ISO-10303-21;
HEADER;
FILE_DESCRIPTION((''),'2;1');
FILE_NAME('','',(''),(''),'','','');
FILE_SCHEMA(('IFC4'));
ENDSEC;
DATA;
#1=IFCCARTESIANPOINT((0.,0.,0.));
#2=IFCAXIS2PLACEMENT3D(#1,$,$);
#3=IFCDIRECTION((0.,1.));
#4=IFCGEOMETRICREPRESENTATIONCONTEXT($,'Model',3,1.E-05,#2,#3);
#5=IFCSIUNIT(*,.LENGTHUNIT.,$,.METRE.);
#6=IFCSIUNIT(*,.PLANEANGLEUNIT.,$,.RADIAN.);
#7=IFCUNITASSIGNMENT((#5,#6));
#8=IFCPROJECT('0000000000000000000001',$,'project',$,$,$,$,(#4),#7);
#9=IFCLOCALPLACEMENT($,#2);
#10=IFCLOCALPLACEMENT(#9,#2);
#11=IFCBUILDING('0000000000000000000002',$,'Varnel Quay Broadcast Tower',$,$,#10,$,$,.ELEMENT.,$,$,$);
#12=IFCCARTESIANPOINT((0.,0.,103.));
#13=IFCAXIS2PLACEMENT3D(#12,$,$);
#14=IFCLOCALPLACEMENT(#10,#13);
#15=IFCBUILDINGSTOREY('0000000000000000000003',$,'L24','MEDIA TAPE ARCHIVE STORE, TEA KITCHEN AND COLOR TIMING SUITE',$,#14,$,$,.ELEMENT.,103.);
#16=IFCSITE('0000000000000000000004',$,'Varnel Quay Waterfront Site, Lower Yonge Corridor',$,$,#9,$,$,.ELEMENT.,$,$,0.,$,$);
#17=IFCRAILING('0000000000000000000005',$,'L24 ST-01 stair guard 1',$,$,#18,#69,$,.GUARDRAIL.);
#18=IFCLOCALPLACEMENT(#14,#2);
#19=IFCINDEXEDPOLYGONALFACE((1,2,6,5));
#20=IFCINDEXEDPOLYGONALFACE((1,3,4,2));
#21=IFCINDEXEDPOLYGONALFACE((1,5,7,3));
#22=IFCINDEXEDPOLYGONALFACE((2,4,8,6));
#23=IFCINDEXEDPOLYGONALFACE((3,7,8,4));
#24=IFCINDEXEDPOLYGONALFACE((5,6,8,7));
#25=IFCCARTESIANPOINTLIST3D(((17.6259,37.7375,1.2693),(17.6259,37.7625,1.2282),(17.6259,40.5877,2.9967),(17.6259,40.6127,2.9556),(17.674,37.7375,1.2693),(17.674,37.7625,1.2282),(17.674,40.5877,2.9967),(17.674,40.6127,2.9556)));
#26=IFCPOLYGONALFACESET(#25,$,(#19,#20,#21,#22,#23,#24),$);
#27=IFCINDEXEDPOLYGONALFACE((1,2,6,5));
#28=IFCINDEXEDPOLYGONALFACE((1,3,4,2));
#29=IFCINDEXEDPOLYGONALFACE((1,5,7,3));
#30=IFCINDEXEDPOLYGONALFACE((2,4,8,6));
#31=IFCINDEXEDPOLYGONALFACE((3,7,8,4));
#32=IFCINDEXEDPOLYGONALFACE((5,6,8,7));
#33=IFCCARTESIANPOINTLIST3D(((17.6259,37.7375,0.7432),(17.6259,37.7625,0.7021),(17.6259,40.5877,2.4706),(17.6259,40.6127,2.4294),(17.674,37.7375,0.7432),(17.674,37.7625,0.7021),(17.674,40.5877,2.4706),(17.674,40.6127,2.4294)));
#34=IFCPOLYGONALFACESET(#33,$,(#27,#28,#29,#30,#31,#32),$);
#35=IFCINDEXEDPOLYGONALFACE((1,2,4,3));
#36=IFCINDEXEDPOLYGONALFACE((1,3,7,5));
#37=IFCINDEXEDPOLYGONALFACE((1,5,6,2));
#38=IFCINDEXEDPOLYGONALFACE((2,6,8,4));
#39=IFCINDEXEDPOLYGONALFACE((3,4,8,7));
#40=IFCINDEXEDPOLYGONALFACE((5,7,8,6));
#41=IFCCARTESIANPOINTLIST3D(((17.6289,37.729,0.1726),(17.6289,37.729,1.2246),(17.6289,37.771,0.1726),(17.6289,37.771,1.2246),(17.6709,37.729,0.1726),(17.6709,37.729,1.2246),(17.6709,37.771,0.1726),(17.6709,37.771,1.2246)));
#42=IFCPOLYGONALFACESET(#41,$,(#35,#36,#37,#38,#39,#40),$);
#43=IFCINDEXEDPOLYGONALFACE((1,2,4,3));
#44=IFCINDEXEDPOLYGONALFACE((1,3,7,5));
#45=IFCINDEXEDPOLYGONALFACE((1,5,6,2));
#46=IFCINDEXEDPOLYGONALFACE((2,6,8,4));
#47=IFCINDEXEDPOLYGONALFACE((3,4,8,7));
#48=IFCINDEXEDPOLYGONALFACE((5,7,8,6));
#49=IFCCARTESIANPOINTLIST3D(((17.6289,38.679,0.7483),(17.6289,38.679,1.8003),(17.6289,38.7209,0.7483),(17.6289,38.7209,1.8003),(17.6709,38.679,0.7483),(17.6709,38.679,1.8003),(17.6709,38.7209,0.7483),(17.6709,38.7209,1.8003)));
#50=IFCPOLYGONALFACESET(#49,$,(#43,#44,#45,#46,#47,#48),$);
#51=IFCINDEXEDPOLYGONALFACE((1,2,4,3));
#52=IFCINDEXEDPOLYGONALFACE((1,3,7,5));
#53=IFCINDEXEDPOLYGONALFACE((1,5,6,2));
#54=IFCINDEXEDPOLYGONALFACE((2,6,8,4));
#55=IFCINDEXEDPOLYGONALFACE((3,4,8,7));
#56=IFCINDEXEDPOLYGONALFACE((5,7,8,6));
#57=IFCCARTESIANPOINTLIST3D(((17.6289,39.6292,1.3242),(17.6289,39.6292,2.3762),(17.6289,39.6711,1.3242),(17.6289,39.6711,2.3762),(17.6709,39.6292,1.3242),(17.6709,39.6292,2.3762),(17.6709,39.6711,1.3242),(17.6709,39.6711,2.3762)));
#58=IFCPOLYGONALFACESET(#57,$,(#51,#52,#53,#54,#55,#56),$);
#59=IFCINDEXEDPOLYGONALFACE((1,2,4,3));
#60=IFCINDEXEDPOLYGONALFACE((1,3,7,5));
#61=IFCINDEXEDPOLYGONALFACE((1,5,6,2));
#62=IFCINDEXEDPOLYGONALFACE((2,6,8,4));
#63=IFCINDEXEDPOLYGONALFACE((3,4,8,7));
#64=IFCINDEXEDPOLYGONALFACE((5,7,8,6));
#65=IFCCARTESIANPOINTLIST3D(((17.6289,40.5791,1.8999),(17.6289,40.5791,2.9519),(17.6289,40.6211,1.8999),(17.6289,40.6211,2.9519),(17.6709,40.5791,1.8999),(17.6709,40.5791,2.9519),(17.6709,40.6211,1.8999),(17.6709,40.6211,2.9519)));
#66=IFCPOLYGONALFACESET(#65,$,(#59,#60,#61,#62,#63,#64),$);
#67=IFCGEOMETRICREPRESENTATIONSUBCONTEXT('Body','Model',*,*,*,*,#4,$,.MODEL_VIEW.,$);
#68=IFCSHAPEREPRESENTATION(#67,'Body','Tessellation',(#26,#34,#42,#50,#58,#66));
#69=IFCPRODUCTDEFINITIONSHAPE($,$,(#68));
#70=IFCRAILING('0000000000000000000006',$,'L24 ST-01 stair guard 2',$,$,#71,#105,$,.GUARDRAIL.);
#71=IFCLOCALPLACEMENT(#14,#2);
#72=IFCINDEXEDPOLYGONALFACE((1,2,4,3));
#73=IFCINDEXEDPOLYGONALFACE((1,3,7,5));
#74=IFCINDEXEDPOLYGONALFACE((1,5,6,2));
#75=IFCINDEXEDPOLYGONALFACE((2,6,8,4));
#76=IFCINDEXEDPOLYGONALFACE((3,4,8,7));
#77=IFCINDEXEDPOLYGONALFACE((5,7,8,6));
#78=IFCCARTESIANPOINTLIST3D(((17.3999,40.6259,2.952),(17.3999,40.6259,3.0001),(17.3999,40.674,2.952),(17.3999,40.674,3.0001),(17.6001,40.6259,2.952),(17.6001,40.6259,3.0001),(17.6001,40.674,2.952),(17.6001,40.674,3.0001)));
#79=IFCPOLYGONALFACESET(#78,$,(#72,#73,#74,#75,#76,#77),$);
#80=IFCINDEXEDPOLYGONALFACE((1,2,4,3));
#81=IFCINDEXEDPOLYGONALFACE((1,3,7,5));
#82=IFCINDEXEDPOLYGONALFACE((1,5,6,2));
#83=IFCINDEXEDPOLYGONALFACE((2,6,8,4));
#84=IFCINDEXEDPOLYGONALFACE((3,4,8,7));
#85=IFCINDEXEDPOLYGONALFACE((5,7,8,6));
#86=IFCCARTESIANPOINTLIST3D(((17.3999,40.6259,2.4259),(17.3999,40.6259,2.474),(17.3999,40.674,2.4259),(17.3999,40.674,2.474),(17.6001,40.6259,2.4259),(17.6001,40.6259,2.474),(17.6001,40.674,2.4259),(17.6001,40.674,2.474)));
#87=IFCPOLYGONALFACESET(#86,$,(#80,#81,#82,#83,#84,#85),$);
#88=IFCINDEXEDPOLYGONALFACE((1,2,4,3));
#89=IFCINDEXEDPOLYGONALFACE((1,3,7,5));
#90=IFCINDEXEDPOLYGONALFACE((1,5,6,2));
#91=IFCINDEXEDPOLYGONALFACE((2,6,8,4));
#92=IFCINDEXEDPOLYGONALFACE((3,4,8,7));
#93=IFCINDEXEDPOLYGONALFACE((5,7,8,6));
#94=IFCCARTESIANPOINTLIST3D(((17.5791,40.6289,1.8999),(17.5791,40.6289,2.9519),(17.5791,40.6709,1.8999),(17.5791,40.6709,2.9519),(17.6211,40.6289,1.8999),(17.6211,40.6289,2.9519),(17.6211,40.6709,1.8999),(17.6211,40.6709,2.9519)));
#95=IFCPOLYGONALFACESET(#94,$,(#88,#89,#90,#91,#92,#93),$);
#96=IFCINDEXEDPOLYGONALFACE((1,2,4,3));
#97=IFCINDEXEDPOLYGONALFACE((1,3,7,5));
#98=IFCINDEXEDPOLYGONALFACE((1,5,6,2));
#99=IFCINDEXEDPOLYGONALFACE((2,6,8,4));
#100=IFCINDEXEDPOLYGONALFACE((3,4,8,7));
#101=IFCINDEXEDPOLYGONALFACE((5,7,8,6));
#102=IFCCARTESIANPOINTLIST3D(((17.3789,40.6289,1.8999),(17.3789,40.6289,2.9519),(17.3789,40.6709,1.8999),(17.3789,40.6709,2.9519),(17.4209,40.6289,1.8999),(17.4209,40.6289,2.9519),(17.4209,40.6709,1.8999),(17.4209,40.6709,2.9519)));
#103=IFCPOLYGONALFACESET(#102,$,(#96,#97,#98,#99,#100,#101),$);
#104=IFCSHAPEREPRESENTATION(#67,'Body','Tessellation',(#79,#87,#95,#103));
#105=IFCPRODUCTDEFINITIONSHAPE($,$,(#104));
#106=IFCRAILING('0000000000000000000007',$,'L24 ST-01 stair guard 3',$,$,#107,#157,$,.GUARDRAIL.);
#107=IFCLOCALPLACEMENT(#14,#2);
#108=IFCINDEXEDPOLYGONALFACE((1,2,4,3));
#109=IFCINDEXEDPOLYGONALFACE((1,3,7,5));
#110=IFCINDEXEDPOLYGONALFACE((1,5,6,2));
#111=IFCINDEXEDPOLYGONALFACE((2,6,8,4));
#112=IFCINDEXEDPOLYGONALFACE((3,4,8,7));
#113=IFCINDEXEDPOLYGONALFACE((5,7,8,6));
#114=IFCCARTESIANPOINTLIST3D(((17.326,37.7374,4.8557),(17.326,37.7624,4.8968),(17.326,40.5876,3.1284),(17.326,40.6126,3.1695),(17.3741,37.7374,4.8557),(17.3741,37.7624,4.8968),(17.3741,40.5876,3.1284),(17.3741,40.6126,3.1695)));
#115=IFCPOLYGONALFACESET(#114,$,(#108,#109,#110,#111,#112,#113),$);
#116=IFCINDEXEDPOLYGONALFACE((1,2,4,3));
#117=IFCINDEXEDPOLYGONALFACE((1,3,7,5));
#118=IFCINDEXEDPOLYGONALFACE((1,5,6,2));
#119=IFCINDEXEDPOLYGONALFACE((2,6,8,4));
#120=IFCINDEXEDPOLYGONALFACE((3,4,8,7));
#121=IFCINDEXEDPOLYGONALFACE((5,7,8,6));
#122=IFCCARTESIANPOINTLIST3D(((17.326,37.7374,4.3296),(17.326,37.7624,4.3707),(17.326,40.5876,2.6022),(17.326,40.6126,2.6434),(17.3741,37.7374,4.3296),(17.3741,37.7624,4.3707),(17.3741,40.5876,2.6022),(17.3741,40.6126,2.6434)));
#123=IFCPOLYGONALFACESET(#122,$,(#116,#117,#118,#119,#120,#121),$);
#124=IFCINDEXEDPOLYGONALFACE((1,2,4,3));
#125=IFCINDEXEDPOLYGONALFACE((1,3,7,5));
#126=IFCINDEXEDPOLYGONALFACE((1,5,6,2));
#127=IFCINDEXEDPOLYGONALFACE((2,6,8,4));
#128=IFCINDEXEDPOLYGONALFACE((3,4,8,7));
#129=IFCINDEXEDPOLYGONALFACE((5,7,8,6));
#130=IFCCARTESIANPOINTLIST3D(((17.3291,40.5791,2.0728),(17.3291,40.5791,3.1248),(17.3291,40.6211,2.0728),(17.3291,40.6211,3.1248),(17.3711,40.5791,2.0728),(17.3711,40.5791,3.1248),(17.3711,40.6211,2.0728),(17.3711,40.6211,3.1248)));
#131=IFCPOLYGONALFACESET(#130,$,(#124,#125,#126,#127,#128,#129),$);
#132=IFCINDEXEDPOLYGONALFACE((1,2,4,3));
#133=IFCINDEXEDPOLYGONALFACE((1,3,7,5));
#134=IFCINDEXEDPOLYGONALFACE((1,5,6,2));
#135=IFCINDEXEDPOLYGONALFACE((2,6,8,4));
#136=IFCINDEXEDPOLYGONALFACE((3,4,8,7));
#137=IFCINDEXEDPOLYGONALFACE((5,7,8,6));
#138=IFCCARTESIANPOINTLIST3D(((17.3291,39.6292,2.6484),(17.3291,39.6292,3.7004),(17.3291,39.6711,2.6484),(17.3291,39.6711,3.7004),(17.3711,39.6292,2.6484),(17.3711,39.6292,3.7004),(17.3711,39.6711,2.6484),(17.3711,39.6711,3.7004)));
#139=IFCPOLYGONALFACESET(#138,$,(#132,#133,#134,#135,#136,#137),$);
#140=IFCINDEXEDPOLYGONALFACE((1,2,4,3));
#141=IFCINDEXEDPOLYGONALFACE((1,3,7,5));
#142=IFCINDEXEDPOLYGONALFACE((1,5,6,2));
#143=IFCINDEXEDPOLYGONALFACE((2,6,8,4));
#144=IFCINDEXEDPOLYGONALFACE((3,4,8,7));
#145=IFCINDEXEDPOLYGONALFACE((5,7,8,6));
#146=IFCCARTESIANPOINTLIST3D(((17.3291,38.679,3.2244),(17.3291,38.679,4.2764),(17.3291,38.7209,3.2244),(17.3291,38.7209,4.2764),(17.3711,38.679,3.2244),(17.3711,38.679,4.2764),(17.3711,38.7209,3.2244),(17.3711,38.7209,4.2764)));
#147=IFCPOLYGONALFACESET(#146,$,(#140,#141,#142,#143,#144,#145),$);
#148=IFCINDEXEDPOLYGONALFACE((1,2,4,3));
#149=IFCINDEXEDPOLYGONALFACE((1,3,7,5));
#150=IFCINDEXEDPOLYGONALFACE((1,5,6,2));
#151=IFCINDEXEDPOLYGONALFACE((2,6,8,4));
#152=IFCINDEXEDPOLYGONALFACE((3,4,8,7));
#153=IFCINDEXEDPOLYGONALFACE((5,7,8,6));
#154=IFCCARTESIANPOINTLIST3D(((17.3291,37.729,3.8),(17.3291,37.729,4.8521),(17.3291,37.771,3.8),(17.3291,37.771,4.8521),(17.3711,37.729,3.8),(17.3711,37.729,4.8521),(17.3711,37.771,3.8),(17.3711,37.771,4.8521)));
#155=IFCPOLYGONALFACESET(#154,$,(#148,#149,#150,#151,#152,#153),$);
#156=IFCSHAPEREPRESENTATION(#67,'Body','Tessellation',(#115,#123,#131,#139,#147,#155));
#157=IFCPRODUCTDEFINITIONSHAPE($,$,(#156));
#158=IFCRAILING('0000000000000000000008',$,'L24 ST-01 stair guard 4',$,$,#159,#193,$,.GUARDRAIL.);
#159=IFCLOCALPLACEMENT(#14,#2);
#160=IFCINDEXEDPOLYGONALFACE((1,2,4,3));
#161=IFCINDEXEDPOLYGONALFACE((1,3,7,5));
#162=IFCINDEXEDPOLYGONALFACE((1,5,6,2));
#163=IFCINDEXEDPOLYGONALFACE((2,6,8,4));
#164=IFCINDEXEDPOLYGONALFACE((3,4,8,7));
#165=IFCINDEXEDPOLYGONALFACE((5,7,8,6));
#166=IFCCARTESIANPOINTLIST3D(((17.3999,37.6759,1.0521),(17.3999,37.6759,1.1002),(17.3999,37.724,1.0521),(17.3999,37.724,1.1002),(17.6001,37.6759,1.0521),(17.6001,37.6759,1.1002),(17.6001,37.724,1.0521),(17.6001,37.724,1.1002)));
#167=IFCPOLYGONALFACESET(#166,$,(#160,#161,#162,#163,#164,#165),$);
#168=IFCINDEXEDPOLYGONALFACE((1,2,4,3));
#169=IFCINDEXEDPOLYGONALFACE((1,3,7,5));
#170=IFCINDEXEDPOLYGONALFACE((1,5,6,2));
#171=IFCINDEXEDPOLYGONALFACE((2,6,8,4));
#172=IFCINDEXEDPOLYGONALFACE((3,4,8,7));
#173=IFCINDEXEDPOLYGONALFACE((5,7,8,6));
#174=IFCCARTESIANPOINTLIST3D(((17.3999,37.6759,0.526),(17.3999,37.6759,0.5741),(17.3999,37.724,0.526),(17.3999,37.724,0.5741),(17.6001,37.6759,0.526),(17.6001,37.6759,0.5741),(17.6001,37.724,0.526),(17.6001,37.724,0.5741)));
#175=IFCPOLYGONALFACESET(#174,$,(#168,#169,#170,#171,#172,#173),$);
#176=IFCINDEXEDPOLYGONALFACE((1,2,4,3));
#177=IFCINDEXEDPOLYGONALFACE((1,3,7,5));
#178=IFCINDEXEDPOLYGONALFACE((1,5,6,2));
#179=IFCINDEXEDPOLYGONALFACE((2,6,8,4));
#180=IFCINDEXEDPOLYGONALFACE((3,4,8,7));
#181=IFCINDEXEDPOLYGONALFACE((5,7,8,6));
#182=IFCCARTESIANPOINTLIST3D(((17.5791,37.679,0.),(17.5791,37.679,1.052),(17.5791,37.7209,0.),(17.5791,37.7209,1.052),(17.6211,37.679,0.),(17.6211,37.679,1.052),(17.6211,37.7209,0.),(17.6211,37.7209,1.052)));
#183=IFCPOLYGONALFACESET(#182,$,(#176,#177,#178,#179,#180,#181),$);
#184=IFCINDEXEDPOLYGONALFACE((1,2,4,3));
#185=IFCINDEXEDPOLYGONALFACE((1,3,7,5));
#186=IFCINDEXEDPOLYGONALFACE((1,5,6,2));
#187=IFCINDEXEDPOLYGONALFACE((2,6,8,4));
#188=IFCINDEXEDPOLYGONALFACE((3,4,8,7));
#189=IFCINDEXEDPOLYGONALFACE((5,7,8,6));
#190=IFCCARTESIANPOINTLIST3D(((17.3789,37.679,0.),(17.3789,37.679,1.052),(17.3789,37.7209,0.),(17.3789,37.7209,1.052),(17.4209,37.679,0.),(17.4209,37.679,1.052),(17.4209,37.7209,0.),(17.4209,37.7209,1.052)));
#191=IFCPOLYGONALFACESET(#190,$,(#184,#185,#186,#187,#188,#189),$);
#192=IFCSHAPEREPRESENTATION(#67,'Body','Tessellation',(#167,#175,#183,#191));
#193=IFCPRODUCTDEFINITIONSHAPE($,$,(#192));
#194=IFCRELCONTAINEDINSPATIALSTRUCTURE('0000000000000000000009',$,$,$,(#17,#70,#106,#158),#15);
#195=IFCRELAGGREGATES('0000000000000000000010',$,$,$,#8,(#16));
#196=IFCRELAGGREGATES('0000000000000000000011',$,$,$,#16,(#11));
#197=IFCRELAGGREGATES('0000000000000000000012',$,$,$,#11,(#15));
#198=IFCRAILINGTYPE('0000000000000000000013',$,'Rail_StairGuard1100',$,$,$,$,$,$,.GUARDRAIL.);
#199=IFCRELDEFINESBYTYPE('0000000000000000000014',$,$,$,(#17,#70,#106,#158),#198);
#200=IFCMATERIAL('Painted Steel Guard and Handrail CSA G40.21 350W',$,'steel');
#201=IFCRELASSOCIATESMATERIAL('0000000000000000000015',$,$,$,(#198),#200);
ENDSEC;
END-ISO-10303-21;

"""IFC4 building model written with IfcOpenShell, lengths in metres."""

from ifc_helpers import new_model, si_unit, direction, frame, origin, origin_2d, place, context, subcontext, project, spatial, rectangle, extrude, material, type_object, element, save


model = new_model("IFC4")

# Units and contexts
model_context = context("Model", 3, precision=1e-05, world=origin(), true_north=direction((0.0, 1.0)))
body_context = subcontext(model_context, "Body", "Model", "MODEL_VIEW")
ifc_project = project(units=[si_unit("LENGTHUNIT", "METRE"), si_unit("PLANEANGLEUNIT", "RADIAN")], contexts=[model_context])

# Site, building, storey
site_placement = place(None, origin())
site = spatial("IfcSite", under=ifc_project, at=site_placement, Name="Varnel Quay Waterfront Site, Lower Yonge Corridor", CompositionType="ELEMENT", RefElevation=0.0)
building_placement = place(site_placement, origin())
building = spatial("IfcBuilding", under=site, at=building_placement, Name="Varnel Quay Broadcast Tower", CompositionType="ELEMENT")
storey_placement = place(building_placement, frame((0.0, 0.0, 103.0)))
storey = spatial("IfcBuildingStorey", under=building, at=storey_placement, Name="L24", Description="MEDIA TAPE ARCHIVE STORE, TEA KITCHEN AND COLOR TIMING SUITE", CompositionType="ELEMENT", Elevation=103.0)

# Railings
ifc_material_1 = material(Name="Painted Steel Guard and Handrail CSA G40.21 350W", Category="steel")
railing_type_1 = type_object("IfcRailingType", Name="Rail_StairGuard1100", PredefinedType="GUARDRAIL", material=ifc_material_1)
railing_1_placement = place(storey_placement, frame((17.6499, 37.75, 0.1726)))
element("IfcRailing", 1, at=railing_1_placement, inside=storey, type_object=railing_type_1, Name="L24 ST-01 stair guard 1", PredefinedType="GUARDRAIL", context=body_context, shape_type="SweptSolid", body=[
    extrude(rectangle(XDim=0.0481, YDim=0.0481, at=origin_2d()), frame((0.0, 0.0, 1.0762), z_axis=(0.0, 0.855203, 0.518294), x_axis=(-1.0, 0.0, 0.0)), (0.0, 0.0, 1.0), 3.3328),
    extrude(rectangle(XDim=0.0481, YDim=0.0481, at=origin_2d()), frame((0.0, 0.0, 0.55), z_axis=(0.0, 0.855203, 0.518294), x_axis=(-1.0, 0.0, 0.0)), (0.0, 0.0, 1.0), 3.3328),
    extrude(rectangle(XDim=0.042, YDim=0.042, at=origin_2d()), origin(), (0.0, 0.0, 1.0), 1.052),
    extrude(rectangle(XDim=0.042, YDim=0.042, at=origin_2d()), frame((0.0, 0.95, 0.5757)), (0.0, 0.0, 1.0), 1.052),
    extrude(rectangle(XDim=0.042, YDim=0.042, at=origin_2d()), frame((0.0, 1.9001, 1.1516)), (0.0, 0.0, 1.0), 1.052),
    extrude(rectangle(XDim=0.042, YDim=0.042, at=origin_2d()), frame((0.0, 2.8501, 1.7273)), (0.0, 0.0, 1.0), 1.052),
])
railing_2_placement = place(storey_placement, frame((17.6001, 40.6499, 1.8999)))
element("IfcRailing", 2, at=railing_2_placement, inside=storey, type_object=railing_type_1, Name="L24 ST-01 stair guard 2", PredefinedType="GUARDRAIL", context=body_context, shape_type="SweptSolid", body=[
    extrude(rectangle(XDim=0.0481, YDim=0.0481, at=origin_2d()), frame((0.0, 0.0, 1.0762), z_axis=(-1.0, 0.0, 0.0), x_axis=(0.0, -1.0, 0.0)), (0.0, 0.0, 1.0), 0.2002),
    extrude(rectangle(XDim=0.0481, YDim=0.0481, at=origin_2d()), frame((0.0, 0.0, 0.55), z_axis=(-1.0, 0.0, 0.0), x_axis=(0.0, -1.0, 0.0)), (0.0, 0.0, 1.0), 0.2002),
    extrude(rectangle(XDim=0.042, YDim=0.042, at=origin_2d()), origin(), (0.0, 0.0, 1.0), 1.052),
    extrude(rectangle(XDim=0.042, YDim=0.042, at=origin_2d()), frame((-0.2002, 0.0, 0.0)), (0.0, 0.0, 1.0), 1.052),
])
railing_3_placement = place(storey_placement, frame((17.3501, 40.6001, 2.0728)))
element("IfcRailing", 3, at=railing_3_placement, inside=storey, type_object=railing_type_1, Name="L24 ST-01 stair guard 3", PredefinedType="GUARDRAIL", context=body_context, shape_type="SweptSolid", body=[
    extrude(rectangle(XDim=0.0481, YDim=0.0481, at=origin_2d()), frame((0.0, 0.0, 1.0762), z_axis=(0.0, -0.855203, 0.518294), x_axis=(1.0, 0.0, 0.0)), (0.0, 0.0, 1.0), 3.3328),
    extrude(rectangle(XDim=0.0481, YDim=0.0481, at=origin_2d()), frame((0.0, 0.0, 0.55), z_axis=(0.0, -0.855203, 0.518294), x_axis=(1.0, 0.0, 0.0)), (0.0, 0.0, 1.0), 3.3328),
    extrude(rectangle(XDim=0.042, YDim=0.042, at=origin_2d()), origin(), (0.0, 0.0, 1.0), 1.052),
    extrude(rectangle(XDim=0.042, YDim=0.042, at=origin_2d()), frame((0.0, -0.95, 0.5757)), (0.0, 0.0, 1.0), 1.052),
    extrude(rectangle(XDim=0.042, YDim=0.042, at=origin_2d()), frame((0.0, -1.9001, 1.1516)), (0.0, 0.0, 1.0), 1.052),
    extrude(rectangle(XDim=0.042, YDim=0.042, at=origin_2d()), frame((0.0, -2.8501, 1.7273)), (0.0, 0.0, 1.0), 1.052),
])
railing_4_placement = place(storey_placement, frame((17.6001, 37.7, 0.0)))
element("IfcRailing", 4, at=railing_4_placement, inside=storey, type_object=railing_type_1, Name="L24 ST-01 stair guard 4", PredefinedType="GUARDRAIL", context=body_context, shape_type="SweptSolid", body=[
    extrude(rectangle(XDim=0.0481, YDim=0.0481, at=origin_2d()), frame((0.0, 0.0, 1.0762), z_axis=(-1.0, 0.0, 0.0), x_axis=(0.0, -1.0, 0.0)), (0.0, 0.0, 1.0), 0.2002),
    extrude(rectangle(XDim=0.0481, YDim=0.0481, at=origin_2d()), frame((0.0, 0.0, 0.55), z_axis=(-1.0, 0.0, 0.0), x_axis=(0.0, -1.0, 0.0)), (0.0, 0.0, 1.0), 0.2002),
    extrude(rectangle(XDim=0.042, YDim=0.042, at=origin_2d()), origin(), (0.0, 0.0, 1.0), 1.052),
    extrude(rectangle(XDim=0.042, YDim=0.042, at=origin_2d()), frame((-0.2002, 0.0, 0.0)), (0.0, 0.0, 1.0), 1.052),
])

save(model, "model.ifc")
